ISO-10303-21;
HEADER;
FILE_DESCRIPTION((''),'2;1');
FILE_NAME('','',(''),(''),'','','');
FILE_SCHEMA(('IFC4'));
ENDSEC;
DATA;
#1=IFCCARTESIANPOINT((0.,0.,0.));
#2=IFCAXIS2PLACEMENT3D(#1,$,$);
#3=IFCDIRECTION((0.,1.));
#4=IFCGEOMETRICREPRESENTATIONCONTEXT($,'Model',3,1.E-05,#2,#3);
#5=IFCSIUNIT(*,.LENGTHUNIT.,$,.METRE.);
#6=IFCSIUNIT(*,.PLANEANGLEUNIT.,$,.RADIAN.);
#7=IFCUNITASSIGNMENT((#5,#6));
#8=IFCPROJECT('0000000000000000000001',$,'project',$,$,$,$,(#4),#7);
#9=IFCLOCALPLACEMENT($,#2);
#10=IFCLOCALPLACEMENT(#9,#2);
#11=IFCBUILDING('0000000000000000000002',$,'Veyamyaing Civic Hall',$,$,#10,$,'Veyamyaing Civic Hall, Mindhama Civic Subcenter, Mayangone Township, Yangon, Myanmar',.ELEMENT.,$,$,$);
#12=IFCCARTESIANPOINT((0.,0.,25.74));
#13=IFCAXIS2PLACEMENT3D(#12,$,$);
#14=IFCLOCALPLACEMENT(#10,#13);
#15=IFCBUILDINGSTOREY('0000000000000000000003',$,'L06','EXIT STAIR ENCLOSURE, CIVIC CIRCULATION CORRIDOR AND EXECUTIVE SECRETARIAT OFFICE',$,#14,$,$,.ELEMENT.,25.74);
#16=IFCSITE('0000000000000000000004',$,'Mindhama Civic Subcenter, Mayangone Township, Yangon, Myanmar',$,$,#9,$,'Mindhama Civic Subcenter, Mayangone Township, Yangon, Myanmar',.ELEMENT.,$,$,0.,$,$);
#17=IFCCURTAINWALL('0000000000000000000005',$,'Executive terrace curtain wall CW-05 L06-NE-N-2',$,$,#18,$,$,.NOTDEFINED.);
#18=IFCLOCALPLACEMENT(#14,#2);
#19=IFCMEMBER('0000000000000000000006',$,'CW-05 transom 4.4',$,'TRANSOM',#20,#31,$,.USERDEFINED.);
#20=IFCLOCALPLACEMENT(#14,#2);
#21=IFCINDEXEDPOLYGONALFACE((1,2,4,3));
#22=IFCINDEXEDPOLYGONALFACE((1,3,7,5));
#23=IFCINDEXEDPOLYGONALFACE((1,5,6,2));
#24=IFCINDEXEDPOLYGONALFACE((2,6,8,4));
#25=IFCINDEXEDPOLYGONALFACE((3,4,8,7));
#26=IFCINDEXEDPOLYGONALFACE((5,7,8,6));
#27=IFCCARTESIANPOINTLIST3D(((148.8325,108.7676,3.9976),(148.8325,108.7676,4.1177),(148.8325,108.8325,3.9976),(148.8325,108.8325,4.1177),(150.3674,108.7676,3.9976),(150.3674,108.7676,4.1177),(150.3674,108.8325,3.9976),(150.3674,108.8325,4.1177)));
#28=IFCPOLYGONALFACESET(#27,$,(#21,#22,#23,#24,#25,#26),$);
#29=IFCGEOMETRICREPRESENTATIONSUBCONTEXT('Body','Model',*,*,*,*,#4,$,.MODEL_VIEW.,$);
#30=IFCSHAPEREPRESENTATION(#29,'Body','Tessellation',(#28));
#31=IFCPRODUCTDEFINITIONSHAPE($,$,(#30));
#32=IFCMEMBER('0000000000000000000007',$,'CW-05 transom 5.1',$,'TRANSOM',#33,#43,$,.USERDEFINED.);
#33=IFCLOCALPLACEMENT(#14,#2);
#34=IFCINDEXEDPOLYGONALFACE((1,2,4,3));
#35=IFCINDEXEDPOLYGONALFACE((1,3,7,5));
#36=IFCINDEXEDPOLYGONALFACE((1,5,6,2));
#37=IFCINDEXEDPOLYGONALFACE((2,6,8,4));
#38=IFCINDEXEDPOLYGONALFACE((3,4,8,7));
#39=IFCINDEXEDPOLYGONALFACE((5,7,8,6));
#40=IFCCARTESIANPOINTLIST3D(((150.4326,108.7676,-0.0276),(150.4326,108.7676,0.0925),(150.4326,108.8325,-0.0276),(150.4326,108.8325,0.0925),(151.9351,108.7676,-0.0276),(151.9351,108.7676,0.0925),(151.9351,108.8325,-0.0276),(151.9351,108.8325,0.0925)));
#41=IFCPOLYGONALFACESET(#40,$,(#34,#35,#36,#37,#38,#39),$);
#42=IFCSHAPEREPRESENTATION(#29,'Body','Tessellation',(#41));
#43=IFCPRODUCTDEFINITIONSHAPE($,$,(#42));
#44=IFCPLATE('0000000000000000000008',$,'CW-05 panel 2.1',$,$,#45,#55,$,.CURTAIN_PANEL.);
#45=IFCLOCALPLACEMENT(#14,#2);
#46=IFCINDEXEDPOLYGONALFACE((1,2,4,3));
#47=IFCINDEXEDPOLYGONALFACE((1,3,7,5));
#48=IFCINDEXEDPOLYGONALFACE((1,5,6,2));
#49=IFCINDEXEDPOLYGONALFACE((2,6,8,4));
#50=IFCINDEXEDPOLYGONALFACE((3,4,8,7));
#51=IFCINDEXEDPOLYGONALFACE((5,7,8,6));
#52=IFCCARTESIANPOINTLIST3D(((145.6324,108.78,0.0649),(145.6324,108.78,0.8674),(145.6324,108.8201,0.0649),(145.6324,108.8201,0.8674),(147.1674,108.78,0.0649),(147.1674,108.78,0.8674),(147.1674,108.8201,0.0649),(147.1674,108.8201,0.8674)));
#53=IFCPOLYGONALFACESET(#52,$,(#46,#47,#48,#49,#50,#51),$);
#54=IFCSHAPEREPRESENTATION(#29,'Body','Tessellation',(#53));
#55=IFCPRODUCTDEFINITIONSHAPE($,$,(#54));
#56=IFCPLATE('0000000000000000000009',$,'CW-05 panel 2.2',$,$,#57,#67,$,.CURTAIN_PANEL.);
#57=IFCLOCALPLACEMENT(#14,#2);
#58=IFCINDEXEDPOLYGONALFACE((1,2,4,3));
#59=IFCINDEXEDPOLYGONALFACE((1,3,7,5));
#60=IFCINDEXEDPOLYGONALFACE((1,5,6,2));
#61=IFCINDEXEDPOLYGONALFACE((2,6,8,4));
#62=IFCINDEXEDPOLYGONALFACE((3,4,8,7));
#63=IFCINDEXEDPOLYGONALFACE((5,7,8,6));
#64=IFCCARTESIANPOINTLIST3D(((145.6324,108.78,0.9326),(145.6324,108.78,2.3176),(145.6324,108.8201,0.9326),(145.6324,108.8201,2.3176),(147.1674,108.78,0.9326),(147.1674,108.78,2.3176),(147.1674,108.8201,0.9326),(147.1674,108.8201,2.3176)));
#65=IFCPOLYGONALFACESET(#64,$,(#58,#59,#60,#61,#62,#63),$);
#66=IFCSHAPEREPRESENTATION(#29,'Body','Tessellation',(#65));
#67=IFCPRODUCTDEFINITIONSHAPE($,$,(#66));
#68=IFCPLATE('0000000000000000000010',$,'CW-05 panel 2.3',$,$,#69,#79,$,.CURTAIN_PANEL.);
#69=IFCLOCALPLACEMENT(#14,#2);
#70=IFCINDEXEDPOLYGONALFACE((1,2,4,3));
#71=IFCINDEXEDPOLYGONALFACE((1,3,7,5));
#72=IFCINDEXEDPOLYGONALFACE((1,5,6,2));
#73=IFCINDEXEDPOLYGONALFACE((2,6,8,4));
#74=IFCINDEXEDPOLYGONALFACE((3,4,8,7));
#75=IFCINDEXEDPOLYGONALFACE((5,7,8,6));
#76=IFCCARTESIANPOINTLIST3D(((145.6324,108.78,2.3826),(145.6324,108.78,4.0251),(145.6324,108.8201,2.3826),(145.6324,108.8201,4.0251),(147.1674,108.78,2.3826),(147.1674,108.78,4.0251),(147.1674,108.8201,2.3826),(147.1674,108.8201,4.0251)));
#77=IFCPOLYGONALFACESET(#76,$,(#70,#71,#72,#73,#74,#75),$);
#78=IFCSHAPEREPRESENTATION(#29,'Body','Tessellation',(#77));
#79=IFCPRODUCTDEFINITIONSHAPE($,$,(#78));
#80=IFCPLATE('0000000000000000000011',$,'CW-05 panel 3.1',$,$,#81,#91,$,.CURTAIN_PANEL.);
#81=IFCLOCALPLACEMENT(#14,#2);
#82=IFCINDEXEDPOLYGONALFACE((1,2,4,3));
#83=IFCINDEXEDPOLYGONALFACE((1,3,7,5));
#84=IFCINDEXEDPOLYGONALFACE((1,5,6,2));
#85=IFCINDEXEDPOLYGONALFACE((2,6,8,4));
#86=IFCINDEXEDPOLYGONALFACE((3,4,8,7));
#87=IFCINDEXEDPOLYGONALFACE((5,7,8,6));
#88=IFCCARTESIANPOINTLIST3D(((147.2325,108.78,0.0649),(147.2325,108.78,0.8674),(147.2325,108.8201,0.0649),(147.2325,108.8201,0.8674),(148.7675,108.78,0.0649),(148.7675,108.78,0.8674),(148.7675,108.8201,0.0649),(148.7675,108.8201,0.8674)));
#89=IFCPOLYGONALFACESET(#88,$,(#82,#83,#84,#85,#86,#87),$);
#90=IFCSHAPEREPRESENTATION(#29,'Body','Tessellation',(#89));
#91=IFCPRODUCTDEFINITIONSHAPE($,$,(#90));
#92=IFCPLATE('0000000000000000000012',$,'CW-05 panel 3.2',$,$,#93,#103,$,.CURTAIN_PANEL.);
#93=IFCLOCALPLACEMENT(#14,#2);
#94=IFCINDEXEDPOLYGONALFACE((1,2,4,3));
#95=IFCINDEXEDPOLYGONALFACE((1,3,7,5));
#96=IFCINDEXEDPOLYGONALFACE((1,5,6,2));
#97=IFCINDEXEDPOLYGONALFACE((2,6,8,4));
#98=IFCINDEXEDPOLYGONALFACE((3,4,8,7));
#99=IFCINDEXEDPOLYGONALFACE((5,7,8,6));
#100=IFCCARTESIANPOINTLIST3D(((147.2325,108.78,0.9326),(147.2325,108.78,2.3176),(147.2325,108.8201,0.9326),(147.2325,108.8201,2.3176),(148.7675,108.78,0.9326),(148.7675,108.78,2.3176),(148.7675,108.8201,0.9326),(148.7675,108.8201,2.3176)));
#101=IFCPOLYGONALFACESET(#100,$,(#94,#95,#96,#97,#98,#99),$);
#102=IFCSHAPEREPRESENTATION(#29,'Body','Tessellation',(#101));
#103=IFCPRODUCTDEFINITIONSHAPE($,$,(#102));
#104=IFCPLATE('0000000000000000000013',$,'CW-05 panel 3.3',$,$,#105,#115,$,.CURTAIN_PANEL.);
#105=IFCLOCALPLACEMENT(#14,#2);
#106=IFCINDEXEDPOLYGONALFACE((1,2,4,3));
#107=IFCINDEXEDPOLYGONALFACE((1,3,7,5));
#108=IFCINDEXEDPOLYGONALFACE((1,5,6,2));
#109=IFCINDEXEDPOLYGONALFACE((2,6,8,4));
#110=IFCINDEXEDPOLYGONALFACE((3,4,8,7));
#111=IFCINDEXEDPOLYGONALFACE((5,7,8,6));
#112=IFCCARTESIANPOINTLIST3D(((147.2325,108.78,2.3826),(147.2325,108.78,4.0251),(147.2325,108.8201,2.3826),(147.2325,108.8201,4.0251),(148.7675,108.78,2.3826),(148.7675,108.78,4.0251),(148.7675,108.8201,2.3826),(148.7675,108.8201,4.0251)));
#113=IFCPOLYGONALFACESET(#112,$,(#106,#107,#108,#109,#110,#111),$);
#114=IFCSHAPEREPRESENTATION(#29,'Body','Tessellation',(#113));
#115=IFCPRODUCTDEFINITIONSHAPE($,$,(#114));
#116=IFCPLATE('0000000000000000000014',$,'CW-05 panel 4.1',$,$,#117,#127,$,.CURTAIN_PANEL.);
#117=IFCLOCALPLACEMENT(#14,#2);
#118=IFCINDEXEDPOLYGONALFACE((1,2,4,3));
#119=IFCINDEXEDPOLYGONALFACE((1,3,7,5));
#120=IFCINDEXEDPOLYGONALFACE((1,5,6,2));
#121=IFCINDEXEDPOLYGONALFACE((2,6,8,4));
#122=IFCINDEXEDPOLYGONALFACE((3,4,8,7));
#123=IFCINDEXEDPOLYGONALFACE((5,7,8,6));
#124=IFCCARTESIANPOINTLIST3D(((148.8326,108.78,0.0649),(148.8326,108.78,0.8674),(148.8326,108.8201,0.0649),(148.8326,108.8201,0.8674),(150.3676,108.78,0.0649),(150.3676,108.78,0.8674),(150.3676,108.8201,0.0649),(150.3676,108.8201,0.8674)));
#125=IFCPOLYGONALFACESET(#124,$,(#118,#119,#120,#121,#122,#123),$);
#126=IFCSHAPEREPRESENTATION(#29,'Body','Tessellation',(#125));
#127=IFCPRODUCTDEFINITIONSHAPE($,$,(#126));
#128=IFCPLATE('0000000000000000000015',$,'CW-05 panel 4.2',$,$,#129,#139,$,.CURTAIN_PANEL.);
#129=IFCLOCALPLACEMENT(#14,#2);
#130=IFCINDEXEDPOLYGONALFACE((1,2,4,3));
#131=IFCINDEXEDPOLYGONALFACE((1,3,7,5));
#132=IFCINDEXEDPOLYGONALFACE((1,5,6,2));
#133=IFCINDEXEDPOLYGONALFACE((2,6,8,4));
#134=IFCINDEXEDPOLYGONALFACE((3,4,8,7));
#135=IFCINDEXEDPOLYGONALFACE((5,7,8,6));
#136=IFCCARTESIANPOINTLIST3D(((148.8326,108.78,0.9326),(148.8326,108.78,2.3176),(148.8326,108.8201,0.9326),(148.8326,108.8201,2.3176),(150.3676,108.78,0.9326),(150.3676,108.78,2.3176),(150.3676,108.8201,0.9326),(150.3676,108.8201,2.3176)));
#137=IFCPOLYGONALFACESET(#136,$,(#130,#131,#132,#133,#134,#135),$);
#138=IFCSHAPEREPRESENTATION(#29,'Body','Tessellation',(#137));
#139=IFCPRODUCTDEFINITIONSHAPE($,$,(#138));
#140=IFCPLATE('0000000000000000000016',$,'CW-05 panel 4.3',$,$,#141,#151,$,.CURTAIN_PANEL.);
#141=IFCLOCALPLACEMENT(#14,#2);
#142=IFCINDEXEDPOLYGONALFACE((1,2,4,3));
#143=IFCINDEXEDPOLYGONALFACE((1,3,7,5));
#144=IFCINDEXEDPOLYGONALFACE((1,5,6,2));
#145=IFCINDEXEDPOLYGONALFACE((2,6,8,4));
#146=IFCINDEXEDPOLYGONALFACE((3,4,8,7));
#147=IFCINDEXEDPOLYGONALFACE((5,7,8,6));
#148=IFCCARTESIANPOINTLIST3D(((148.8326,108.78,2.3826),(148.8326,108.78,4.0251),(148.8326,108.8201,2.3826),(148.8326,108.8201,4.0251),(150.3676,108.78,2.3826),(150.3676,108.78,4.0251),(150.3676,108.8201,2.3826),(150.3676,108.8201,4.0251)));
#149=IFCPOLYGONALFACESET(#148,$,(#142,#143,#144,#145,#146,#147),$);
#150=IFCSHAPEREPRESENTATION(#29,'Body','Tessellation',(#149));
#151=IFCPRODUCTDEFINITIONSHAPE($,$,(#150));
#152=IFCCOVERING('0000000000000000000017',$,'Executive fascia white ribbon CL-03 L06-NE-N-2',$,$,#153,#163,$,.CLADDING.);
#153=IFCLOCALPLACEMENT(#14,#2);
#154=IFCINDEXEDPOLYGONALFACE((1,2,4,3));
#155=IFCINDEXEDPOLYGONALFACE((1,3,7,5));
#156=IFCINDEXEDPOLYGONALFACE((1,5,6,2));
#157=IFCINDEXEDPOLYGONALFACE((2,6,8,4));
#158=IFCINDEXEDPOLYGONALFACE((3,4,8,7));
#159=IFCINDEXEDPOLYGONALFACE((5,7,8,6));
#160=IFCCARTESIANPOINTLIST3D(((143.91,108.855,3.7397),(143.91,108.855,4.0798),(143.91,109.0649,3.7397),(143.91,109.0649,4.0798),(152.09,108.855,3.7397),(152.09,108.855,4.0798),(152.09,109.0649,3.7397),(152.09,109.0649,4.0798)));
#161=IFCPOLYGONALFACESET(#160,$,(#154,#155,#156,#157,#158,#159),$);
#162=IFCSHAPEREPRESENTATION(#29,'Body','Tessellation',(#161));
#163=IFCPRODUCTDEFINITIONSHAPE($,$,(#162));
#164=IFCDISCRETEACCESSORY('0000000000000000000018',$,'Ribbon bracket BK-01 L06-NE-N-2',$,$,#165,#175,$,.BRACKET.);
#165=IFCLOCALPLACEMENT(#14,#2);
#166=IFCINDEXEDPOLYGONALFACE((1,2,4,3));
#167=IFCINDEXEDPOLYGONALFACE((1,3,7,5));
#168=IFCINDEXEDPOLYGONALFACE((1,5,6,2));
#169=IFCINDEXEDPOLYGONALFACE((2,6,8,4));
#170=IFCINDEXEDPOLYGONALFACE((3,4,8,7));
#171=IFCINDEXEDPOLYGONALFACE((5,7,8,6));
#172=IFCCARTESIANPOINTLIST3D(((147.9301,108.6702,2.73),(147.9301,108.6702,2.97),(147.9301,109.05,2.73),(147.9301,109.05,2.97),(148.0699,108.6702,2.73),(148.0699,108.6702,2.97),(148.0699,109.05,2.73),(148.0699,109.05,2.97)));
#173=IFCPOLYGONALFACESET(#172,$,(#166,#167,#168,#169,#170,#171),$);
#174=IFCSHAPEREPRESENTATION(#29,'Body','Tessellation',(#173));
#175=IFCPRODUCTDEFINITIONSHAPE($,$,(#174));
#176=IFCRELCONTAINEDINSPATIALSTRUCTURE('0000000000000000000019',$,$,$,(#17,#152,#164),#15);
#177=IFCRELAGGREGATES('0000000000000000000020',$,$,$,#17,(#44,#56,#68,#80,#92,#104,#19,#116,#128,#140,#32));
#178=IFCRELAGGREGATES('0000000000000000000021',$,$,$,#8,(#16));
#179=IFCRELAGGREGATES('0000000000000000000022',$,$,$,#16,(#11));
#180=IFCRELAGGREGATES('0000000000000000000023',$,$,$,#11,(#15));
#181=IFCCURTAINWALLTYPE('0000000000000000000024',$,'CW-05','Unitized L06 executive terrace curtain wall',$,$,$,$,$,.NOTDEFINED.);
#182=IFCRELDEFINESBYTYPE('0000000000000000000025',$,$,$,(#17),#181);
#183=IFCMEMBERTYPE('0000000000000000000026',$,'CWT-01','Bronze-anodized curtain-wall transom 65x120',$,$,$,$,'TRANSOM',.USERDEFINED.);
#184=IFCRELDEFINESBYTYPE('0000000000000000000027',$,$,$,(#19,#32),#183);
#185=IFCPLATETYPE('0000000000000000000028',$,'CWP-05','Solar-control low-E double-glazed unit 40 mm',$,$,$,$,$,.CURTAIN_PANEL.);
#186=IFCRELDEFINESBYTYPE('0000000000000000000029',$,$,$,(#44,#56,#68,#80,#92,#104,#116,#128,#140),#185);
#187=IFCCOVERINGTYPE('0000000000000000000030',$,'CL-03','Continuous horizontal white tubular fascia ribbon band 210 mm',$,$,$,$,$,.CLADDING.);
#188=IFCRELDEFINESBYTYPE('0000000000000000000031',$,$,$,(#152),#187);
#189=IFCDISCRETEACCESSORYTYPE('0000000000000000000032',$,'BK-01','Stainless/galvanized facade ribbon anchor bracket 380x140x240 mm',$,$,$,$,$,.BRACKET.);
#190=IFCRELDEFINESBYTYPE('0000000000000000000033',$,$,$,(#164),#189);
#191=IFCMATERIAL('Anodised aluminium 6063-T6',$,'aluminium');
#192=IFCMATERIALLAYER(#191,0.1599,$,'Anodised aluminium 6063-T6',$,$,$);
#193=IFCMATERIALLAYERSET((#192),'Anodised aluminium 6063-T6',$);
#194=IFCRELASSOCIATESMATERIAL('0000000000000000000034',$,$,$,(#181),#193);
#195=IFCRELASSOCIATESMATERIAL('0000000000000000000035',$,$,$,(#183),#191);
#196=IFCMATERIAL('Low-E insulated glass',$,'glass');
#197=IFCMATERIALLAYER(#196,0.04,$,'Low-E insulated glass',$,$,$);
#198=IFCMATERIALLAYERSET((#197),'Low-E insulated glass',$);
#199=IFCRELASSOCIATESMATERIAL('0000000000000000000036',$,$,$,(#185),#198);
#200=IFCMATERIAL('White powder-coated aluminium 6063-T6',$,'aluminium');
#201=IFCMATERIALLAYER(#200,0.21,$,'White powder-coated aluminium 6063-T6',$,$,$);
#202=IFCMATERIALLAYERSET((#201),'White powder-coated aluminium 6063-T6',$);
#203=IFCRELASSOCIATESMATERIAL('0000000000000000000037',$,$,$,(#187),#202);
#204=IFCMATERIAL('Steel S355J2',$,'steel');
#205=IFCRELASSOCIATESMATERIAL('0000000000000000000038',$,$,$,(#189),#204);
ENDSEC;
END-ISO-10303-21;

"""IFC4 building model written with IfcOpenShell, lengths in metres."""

from ifc_helpers import new_model, si_unit, direction, frame, origin, origin_2d, place, context, subcontext, project, spatial, rectangle, extrude, material, layer, layer_set, material_profile, profile_set, type_object, element, aggregate, save


model = new_model("IFC4")

# Units and contexts
model_context = context("Model", 3, precision=1e-05, world=origin(), true_north=direction((0.0, 1.0)))
body_context = subcontext(model_context, "Body", "Model", "MODEL_VIEW")
ifc_project = project(units=[si_unit("LENGTHUNIT", "METRE"), si_unit("PLANEANGLEUNIT", "RADIAN")], contexts=[model_context])

# Site, building, storey
site_placement = place(None, origin())
site = spatial("IfcSite", under=ifc_project, at=site_placement, Name="Mindhama Civic Subcenter, Mayangone Township, Yangon, Myanmar", LongName="Mindhama Civic Subcenter, Mayangone Township, Yangon, Myanmar", CompositionType="ELEMENT", RefElevation=0.0)
building_placement = place(site_placement, origin())
building = spatial("IfcBuilding", under=site, at=building_placement, Name="Veyamyaing Civic Hall", LongName="Veyamyaing Civic Hall, Mindhama Civic Subcenter, Mayangone Township, Yangon, Myanmar", CompositionType="ELEMENT")
storey_placement = place(building_placement, frame((0.0, 0.0, 25.74)))
storey = spatial("IfcBuildingStorey", under=building, at=storey_placement, Name="L06", Description="EXIT STAIR ENCLOSURE, CIVIC CIRCULATION CORRIDOR AND EXECUTIVE SECRETARIAT OFFICE", CompositionType="ELEMENT", Elevation=25.74)

# Curtain wall, members, plates
ifc_material_1 = material(Name="Anodised aluminium 6063-T6", Category="aluminium")
ifc_layer_1 = layer(ifc_material_1, 0.1599, Name="Anodised aluminium 6063-T6")
ifc_layer_set_1 = layer_set([ifc_layer_1], Name="Anodised aluminium 6063-T6")
curtain_wall_type = type_object("IfcCurtainWallType", Name="CW-05", Description="Unitized L06 executive terrace curtain wall", PredefinedType="NOTDEFINED", material=ifc_layer_set_1)
curtain_wall_placement = place(storey_placement, origin())
curtain_wall = element("IfcCurtainWall", 1, at=curtain_wall_placement, inside=storey, type_object=curtain_wall_type, Name="Executive terrace curtain wall CW-05 L06-NE-N-2", PredefinedType="NOTDEFINED")
ifc_material_profile_1 = material_profile(ifc_material_1, rectangle(XDim=0.0649, YDim=0.1201, at=origin_2d()), Name="ALU-TRN-65X120")
ifc_profile_set_1 = profile_set([ifc_material_profile_1], Name="Anodised aluminium 6063-T6")
member_type_1 = type_object("IfcMemberType", Name="CWT-01", Description="Bronze-anodized curtain-wall transom 65x120", ElementType="TRANSOM", PredefinedType="USERDEFINED", material=ifc_profile_set_1)
member_1_placement = place(storey_placement, frame((148.8325, 108.8, 4.0576), z_axis=(1.0, 0.0, 0.0), x_axis=(0.0, 1.0, 0.0)))
member_1 = element("IfcMember", 2, at=member_1_placement, type_object=member_type_1, Name="CW-05 transom 4.4", ObjectType="TRANSOM", PredefinedType="USERDEFINED", context=body_context, shape_type="SweptSolid", body=[
    extrude(rectangle(XDim=0.0649, YDim=0.1201, at=origin_2d()), origin(), (0.0, 0.0, 1.0), 1.5349),
])
member_2_placement = place(storey_placement, frame((150.4326, 108.8, 0.0325), z_axis=(1.0, 0.0, 0.0), x_axis=(0.0, 1.0, 0.0)))
member_2 = element("IfcMember", 3, at=member_2_placement, type_object=member_type_1, Name="CW-05 transom 5.1", ObjectType="TRANSOM", PredefinedType="USERDEFINED", context=body_context, shape_type="SweptSolid", body=[
    extrude(rectangle(XDim=0.0649, YDim=0.1201, at=origin_2d()), origin(), (0.0, 0.0, 1.0), 1.5024),
])
ifc_material_2 = material(Name="Low-E insulated glass", Category="glass")
ifc_layer_2 = layer(ifc_material_2, 0.04, Name="Low-E insulated glass")
ifc_layer_set_2 = layer_set([ifc_layer_2], Name="Low-E insulated glass")
plate_type = type_object("IfcPlateType", Name="CWP-05", Description="Solar-control low-E double-glazed unit 40 mm", PredefinedType="CURTAIN_PANEL", material=ifc_layer_set_2)
plate_1_placement = place(storey_placement, frame((146.3999, 108.8, 0.0649), z_axis=(0.0, 0.0, 1.0), x_axis=(1.0, 0.0, 0.0)))
plate_1 = element("IfcPlate", 4, at=plate_1_placement, type_object=plate_type, Name="CW-05 panel 2.1", PredefinedType="CURTAIN_PANEL", context=body_context, shape_type="SweptSolid", body=[
    extrude(rectangle(XDim=1.5349, YDim=0.04, at=origin_2d()), origin(), (0.0, 0.0, 1.0), 0.8025),
])
plate_2_placement = place(storey_placement, frame((146.3999, 108.8, 0.9326), z_axis=(0.0, 0.0, 1.0), x_axis=(1.0, 0.0, 0.0)))
plate_2 = element("IfcPlate", 5, at=plate_2_placement, type_object=plate_type, Name="CW-05 panel 2.2", PredefinedType="CURTAIN_PANEL", context=body_context, shape_type="SweptSolid", body=[
    extrude(rectangle(XDim=1.5349, YDim=0.04, at=origin_2d()), origin(), (0.0, 0.0, 1.0), 1.385),
])
plate_3_placement = place(storey_placement, frame((146.3999, 108.8, 2.3826), z_axis=(0.0, 0.0, 1.0), x_axis=(1.0, 0.0, 0.0)))
plate_3 = element("IfcPlate", 6, at=plate_3_placement, type_object=plate_type, Name="CW-05 panel 2.3", PredefinedType="CURTAIN_PANEL", context=body_context, shape_type="SweptSolid", body=[
    extrude(rectangle(XDim=1.5349, YDim=0.04, at=origin_2d()), origin(), (0.0, 0.0, 1.0), 1.6426),
])
plate_4_placement = place(storey_placement, frame((148.0, 108.8, 0.0649), z_axis=(0.0, 0.0, 1.0), x_axis=(1.0, 0.0, 0.0)))
plate_4 = element("IfcPlate", 7, at=plate_4_placement, type_object=plate_type, Name="CW-05 panel 3.1", PredefinedType="CURTAIN_PANEL", context=body_context, shape_type="SweptSolid", body=[
    extrude(rectangle(XDim=1.5349, YDim=0.04, at=origin_2d()), origin(), (0.0, 0.0, 1.0), 0.8025),
])
plate_5_placement = place(storey_placement, frame((148.0, 108.8, 0.9326), z_axis=(0.0, 0.0, 1.0), x_axis=(1.0, 0.0, 0.0)))
plate_5 = element("IfcPlate", 8, at=plate_5_placement, type_object=plate_type, Name="CW-05 panel 3.2", PredefinedType="CURTAIN_PANEL", context=body_context, shape_type="SweptSolid", body=[
    extrude(rectangle(XDim=1.5349, YDim=0.04, at=origin_2d()), origin(), (0.0, 0.0, 1.0), 1.385),
])
plate_6_placement = place(storey_placement, frame((148.0, 108.8, 2.3826), z_axis=(0.0, 0.0, 1.0), x_axis=(1.0, 0.0, 0.0)))
plate_6 = element("IfcPlate", 9, at=plate_6_placement, type_object=plate_type, Name="CW-05 panel 3.3", PredefinedType="CURTAIN_PANEL", context=body_context, shape_type="SweptSolid", body=[
    extrude(rectangle(XDim=1.5349, YDim=0.04, at=origin_2d()), origin(), (0.0, 0.0, 1.0), 1.6426),
])
plate_7_placement = place(storey_placement, frame((149.6001, 108.8, 0.0649), z_axis=(0.0, 0.0, 1.0), x_axis=(1.0, 0.0, 0.0)))
plate_7 = element("IfcPlate", 10, at=plate_7_placement, type_object=plate_type, Name="CW-05 panel 4.1", PredefinedType="CURTAIN_PANEL", context=body_context, shape_type="SweptSolid", body=[
    extrude(rectangle(XDim=1.5349, YDim=0.04, at=origin_2d()), origin(), (0.0, 0.0, 1.0), 0.8025),
])
plate_8_placement = place(storey_placement, frame((149.6001, 108.8, 0.9326), z_axis=(0.0, 0.0, 1.0), x_axis=(1.0, 0.0, 0.0)))
plate_8 = element("IfcPlate", 11, at=plate_8_placement, type_object=plate_type, Name="CW-05 panel 4.2", PredefinedType="CURTAIN_PANEL", context=body_context, shape_type="SweptSolid", body=[
    extrude(rectangle(XDim=1.5349, YDim=0.04, at=origin_2d()), origin(), (0.0, 0.0, 1.0), 1.385),
])
plate_9_placement = place(storey_placement, frame((149.6001, 108.8, 2.3826), z_axis=(0.0, 0.0, 1.0), x_axis=(1.0, 0.0, 0.0)))
plate_9 = element("IfcPlate", 12, at=plate_9_placement, type_object=plate_type, Name="CW-05 panel 4.3", PredefinedType="CURTAIN_PANEL", context=body_context, shape_type="SweptSolid", body=[
    extrude(rectangle(XDim=1.5349, YDim=0.04, at=origin_2d()), origin(), (0.0, 0.0, 1.0), 1.6426),
])
aggregate(curtain_wall, [plate_1, plate_2, plate_3, plate_4, plate_5, plate_6, member_1, plate_7, plate_8, plate_9, member_2])

# Covering
ifc_material_3 = material(Name="White powder-coated aluminium 6063-T6", Category="aluminium")
ifc_layer_3 = layer(ifc_material_3, 0.21, Name="White powder-coated aluminium 6063-T6")
ifc_layer_set_3 = layer_set([ifc_layer_3], Name="White powder-coated aluminium 6063-T6")
covering_type = type_object("IfcCoveringType", Name="CL-03", Description="Continuous horizontal white tubular fascia ribbon band 210 mm", PredefinedType="CLADDING", material=ifc_layer_set_3)
covering_placement = place(storey_placement, frame((148.0, 108.96, 3.7397), z_axis=(0.0, 0.0, 1.0), x_axis=(1.0, 0.0, 0.0)))
element("IfcCovering", 13, at=covering_placement, inside=storey, type_object=covering_type, Name="Executive fascia white ribbon CL-03 L06-NE-N-2", PredefinedType="CLADDING", context=body_context, shape_type="SweptSolid", body=[
    extrude(rectangle(XDim=8.1799, YDim=0.21, at=origin_2d()), origin(), (0.0, 0.0, 1.0), 0.3401),
])

# Discrete accessory
ifc_material_4 = material(Name="Steel S355J2", Category="steel")
discrete_accessory_type = type_object("IfcDiscreteAccessoryType", Name="BK-01", Description="Stainless/galvanized facade ribbon anchor bracket 380x140x240 mm", PredefinedType="BRACKET", material=ifc_material_4)
discrete_accessory_placement = place(storey_placement, frame((148.0, 108.8601, 2.73), z_axis=(0.0, 0.0, 1.0), x_axis=(0.0, 1.0, 0.0)))
element("IfcDiscreteAccessory", 14, at=discrete_accessory_placement, inside=storey, type_object=discrete_accessory_type, Name="Ribbon bracket BK-01 L06-NE-N-2", PredefinedType="BRACKET", context=body_context, shape_type="SweptSolid", body=[
    extrude(rectangle(XDim=0.3799, YDim=0.1399, at=origin_2d()), origin(), (0.0, 0.0, 1.0), 0.24),
])

save(model, "model.ifc")
